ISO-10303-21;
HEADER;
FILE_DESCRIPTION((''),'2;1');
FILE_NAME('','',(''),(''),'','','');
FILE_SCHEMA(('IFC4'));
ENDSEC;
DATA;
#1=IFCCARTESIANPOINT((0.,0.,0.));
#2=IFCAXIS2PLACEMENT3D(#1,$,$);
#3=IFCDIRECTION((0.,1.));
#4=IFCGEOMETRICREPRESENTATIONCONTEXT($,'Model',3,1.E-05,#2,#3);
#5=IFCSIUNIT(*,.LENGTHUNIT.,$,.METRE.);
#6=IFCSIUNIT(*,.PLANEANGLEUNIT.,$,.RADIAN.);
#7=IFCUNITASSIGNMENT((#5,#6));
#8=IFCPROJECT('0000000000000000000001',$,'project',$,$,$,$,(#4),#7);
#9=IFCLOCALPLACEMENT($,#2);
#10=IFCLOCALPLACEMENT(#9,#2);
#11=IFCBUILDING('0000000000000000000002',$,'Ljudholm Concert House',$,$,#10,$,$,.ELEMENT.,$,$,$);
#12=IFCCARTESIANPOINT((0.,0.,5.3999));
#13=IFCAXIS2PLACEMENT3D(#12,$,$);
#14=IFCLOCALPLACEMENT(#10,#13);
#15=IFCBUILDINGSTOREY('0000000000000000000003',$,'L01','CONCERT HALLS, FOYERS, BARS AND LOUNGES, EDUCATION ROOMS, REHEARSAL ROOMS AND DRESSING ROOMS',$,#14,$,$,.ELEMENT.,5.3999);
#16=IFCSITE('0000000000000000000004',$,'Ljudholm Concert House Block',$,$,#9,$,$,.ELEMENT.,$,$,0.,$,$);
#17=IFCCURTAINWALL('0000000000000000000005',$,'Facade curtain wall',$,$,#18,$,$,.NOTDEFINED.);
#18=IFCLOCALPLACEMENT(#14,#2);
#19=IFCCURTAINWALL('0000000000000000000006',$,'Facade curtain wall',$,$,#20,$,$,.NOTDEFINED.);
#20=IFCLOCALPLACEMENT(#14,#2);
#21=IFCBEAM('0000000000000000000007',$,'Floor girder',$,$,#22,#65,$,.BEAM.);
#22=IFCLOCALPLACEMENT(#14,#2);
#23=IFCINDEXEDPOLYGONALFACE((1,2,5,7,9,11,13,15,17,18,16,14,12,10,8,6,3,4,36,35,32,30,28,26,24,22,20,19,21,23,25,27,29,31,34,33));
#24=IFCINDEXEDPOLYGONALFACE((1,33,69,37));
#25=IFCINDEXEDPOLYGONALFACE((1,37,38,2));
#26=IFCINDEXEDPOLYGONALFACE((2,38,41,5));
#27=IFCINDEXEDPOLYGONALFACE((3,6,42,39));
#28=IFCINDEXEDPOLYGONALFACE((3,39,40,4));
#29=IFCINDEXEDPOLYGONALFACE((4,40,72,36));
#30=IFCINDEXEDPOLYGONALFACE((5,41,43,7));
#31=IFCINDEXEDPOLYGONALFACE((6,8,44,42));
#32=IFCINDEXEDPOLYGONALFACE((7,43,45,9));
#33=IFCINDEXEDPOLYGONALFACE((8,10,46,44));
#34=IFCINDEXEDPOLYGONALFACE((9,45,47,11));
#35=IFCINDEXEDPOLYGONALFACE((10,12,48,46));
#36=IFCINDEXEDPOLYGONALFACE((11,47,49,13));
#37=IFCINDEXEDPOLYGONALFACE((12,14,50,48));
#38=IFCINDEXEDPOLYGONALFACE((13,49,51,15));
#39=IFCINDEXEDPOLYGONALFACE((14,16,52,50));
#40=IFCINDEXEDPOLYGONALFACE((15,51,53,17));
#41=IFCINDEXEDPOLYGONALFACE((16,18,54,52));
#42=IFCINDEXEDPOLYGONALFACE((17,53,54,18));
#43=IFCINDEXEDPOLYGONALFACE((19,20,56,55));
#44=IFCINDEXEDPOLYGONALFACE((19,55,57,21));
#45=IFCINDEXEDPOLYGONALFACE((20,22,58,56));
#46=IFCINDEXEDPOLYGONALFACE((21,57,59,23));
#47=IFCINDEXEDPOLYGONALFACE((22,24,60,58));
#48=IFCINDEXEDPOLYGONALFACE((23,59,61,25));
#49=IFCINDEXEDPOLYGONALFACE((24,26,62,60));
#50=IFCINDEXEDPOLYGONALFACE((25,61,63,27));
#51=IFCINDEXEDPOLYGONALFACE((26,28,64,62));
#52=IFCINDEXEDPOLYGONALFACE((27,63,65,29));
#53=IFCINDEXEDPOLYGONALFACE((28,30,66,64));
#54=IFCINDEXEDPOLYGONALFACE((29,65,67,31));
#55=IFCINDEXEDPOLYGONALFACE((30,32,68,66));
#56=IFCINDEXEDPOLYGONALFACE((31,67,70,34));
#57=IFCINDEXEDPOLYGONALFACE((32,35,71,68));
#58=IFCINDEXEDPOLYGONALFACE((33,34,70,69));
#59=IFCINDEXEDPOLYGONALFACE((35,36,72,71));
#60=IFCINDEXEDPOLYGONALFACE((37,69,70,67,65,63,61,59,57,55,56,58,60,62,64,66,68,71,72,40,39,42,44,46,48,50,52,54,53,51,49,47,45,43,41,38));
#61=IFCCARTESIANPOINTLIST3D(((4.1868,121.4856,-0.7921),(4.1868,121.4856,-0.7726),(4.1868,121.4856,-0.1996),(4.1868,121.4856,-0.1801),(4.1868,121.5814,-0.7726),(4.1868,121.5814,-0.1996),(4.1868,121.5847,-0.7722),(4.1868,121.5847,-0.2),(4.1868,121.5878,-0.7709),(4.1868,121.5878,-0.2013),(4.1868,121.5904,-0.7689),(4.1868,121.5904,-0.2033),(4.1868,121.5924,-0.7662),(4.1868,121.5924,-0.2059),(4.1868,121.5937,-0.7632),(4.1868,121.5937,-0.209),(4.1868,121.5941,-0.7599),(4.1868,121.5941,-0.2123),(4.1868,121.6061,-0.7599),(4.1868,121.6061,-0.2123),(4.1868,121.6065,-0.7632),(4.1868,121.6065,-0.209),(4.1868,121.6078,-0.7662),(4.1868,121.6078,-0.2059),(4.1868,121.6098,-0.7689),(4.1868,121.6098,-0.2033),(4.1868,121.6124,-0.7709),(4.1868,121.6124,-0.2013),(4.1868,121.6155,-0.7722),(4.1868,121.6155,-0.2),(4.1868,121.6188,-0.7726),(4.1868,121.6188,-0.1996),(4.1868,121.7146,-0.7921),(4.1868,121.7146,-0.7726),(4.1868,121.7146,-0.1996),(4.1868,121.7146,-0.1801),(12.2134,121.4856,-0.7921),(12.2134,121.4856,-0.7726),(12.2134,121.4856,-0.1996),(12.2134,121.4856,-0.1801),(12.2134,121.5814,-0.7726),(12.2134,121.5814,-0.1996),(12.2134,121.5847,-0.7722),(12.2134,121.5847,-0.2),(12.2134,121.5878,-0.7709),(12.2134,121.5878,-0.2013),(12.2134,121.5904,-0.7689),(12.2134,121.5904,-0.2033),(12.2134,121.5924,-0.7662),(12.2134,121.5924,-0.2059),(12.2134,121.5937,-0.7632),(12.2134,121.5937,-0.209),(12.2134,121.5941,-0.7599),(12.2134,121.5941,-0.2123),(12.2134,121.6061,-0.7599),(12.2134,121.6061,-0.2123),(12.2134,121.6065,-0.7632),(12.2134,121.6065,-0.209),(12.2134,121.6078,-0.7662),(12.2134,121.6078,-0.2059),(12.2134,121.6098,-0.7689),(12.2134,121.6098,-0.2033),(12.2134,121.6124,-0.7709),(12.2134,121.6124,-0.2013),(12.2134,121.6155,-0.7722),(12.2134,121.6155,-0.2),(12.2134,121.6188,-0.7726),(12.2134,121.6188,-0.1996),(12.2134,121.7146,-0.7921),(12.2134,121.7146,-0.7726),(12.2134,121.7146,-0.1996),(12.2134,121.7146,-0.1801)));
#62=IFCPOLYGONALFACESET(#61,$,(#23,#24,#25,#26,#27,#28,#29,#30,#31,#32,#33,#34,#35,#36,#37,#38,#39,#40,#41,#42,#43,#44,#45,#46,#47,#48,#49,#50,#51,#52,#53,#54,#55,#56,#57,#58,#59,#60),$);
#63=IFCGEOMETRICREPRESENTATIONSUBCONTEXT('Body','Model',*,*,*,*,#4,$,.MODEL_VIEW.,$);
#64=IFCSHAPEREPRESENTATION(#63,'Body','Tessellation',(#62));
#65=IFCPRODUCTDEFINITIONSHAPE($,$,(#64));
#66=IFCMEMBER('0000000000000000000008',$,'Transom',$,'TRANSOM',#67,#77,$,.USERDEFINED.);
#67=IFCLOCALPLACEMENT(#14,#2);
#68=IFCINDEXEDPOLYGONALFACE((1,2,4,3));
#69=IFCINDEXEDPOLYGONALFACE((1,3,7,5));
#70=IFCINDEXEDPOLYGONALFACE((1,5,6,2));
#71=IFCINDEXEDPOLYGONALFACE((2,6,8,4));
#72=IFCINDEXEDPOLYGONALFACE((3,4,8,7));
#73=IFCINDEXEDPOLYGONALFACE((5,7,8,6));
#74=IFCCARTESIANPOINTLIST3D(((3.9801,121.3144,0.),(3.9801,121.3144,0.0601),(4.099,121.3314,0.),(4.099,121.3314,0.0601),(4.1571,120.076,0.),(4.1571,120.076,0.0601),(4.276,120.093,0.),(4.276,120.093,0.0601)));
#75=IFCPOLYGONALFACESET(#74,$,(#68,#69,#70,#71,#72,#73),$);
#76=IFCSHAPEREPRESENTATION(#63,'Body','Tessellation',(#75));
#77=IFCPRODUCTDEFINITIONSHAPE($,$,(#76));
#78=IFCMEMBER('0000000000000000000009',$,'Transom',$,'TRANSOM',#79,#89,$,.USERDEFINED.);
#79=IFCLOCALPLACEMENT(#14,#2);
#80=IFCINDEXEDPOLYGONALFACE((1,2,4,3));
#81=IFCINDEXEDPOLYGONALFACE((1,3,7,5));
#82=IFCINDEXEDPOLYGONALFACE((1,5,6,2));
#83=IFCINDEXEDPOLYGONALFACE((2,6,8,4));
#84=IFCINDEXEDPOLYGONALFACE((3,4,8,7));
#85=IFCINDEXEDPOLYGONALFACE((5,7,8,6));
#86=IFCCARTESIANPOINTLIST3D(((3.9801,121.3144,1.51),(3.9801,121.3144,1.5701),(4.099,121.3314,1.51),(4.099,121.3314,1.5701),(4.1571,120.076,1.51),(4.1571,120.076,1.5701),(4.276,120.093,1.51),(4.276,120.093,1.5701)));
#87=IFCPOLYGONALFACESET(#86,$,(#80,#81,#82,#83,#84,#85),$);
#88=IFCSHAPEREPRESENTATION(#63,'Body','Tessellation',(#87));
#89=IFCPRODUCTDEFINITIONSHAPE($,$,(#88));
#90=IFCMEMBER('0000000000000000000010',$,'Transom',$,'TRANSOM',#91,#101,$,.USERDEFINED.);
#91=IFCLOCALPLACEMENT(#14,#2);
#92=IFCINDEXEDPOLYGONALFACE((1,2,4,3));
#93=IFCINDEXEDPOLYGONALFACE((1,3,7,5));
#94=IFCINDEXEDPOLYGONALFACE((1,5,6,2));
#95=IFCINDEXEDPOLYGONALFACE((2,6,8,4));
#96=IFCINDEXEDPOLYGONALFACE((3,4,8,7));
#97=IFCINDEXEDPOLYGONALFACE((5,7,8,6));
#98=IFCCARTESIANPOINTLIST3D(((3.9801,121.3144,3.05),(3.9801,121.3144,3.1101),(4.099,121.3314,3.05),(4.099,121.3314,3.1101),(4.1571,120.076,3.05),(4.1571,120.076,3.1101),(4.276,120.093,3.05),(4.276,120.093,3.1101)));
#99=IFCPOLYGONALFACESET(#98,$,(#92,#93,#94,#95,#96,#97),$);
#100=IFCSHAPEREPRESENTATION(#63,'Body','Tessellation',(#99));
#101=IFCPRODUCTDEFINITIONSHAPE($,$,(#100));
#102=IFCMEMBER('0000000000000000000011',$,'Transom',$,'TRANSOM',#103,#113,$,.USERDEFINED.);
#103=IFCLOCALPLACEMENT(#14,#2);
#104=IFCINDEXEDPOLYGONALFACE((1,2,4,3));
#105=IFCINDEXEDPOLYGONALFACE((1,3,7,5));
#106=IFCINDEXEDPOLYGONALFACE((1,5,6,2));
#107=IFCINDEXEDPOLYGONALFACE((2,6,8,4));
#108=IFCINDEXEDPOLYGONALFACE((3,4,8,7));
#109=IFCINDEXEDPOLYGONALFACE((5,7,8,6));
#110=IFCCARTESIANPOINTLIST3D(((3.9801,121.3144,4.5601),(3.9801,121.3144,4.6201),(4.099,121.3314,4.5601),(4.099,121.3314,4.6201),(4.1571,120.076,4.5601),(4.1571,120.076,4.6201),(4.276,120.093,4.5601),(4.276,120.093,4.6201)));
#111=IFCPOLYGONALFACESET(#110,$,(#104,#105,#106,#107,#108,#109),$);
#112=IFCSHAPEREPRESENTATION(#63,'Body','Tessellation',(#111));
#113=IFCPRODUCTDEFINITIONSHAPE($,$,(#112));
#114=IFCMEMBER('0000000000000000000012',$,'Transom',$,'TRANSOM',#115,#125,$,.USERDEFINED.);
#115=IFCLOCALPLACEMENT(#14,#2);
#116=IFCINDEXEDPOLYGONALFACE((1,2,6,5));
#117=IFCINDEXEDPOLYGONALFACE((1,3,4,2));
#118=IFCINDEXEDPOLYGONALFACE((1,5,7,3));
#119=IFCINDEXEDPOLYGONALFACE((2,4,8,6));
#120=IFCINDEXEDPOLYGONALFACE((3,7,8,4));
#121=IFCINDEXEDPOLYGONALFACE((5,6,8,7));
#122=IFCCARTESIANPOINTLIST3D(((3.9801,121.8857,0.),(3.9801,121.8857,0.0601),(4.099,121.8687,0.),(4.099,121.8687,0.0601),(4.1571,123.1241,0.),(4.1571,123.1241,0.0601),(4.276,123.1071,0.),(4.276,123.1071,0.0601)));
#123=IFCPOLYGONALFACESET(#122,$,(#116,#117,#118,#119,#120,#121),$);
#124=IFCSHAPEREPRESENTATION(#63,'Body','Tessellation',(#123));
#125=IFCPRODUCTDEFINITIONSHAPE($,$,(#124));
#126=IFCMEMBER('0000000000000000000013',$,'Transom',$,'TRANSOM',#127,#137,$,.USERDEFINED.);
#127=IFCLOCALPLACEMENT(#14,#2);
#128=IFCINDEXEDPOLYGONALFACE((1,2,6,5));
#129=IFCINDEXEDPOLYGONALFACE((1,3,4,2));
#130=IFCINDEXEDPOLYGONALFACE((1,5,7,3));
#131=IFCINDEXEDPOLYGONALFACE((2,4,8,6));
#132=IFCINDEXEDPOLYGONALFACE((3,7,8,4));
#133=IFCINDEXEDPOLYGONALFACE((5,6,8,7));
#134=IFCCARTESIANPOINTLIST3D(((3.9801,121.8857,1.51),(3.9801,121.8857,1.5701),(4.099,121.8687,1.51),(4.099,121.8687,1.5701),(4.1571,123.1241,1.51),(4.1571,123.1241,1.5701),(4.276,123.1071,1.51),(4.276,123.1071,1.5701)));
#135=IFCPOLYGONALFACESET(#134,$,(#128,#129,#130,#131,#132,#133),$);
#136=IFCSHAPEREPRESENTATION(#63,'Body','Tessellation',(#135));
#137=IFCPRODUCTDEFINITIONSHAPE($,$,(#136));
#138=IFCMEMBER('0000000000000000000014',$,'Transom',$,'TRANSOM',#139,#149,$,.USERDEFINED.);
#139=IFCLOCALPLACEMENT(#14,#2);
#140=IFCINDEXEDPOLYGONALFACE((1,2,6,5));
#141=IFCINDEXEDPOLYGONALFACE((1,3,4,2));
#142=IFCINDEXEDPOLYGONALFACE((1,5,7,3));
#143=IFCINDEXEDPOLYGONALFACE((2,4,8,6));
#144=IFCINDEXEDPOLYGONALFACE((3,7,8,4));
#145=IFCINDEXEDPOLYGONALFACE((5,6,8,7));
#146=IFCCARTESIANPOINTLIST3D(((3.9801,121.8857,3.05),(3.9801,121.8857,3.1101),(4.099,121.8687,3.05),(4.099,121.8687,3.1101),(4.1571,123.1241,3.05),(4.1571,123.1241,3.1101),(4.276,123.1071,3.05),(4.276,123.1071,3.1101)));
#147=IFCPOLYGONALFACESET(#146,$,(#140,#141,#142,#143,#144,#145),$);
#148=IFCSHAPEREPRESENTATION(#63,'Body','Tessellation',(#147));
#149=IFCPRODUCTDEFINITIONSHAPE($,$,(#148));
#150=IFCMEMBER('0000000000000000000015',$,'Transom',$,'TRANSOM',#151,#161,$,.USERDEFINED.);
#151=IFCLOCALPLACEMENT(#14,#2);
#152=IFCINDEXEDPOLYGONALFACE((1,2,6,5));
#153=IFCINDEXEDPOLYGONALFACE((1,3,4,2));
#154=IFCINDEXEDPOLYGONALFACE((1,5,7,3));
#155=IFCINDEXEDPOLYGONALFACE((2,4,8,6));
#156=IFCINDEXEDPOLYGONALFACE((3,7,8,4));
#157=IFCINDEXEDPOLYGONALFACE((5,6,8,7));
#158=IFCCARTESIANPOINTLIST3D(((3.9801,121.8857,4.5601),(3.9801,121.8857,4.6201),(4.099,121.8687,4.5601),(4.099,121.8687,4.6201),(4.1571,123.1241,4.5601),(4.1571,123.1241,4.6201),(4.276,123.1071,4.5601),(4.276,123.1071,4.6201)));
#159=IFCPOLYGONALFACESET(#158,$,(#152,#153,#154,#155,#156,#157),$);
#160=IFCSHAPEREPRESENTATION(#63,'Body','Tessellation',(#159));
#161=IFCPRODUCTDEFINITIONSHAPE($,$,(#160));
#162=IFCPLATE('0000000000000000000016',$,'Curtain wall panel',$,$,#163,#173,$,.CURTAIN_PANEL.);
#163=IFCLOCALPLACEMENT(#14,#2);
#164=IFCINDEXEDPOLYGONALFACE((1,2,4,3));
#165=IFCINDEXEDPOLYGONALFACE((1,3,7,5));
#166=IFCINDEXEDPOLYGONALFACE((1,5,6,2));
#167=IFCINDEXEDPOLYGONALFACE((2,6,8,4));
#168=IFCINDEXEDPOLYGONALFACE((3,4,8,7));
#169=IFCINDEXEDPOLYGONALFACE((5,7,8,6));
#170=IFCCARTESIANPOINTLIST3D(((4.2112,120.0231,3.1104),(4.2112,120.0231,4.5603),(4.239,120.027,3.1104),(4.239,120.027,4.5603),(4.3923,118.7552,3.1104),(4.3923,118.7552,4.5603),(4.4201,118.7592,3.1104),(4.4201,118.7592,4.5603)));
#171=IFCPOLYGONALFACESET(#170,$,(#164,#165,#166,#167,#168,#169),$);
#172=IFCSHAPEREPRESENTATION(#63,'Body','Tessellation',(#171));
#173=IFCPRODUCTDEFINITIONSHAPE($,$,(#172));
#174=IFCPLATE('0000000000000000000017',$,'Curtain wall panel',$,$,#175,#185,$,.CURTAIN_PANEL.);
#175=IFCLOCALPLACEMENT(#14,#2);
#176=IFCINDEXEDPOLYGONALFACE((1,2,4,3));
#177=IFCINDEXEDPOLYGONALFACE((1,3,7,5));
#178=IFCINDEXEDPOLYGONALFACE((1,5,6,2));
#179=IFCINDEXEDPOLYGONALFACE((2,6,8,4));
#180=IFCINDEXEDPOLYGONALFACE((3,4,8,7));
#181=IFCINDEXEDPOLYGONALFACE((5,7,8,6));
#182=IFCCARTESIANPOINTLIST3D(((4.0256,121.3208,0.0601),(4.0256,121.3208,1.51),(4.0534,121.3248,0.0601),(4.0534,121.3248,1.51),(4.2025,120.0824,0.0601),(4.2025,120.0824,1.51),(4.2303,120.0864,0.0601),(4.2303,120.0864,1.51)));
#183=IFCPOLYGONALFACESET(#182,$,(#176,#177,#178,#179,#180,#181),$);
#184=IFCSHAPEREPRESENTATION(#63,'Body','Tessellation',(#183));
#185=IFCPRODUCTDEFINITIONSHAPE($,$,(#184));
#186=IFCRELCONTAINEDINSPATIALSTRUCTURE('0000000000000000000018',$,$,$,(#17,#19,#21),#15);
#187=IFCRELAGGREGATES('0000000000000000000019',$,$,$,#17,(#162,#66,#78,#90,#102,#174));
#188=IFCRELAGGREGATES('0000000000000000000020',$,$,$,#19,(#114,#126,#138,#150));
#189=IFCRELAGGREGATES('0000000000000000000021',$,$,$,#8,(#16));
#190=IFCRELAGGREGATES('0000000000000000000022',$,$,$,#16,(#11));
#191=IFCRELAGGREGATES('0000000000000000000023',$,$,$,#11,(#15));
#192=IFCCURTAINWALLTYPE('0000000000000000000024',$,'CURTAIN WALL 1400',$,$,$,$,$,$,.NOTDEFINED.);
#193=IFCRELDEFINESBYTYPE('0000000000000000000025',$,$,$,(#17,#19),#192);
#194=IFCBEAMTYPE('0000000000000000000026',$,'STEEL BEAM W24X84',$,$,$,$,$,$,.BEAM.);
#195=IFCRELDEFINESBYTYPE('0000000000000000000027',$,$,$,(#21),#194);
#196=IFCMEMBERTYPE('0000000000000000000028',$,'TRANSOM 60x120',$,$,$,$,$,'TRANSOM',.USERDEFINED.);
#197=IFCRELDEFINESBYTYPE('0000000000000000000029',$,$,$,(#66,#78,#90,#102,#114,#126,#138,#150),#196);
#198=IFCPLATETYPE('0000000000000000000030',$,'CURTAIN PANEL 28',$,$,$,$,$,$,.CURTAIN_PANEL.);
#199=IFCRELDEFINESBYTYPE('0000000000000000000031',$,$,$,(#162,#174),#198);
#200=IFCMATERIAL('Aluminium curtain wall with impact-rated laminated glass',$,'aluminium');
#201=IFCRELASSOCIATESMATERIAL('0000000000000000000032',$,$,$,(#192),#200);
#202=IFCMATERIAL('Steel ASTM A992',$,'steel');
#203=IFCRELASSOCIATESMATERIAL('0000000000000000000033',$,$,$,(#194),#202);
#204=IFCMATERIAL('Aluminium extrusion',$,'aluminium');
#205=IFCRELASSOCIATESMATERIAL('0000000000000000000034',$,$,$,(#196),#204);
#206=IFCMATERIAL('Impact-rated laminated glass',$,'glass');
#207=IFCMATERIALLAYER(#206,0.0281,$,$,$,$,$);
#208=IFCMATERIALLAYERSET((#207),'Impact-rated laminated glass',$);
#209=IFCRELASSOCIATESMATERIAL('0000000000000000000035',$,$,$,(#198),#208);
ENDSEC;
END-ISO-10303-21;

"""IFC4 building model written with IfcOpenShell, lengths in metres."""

from ifc_helpers import new_model, si_unit, direction, frame, origin, origin_2d, place, context, subcontext, project, spatial, rectangle, i_section, extrude, material, layer, layer_set, material_profile, profile_set, type_object, element, aggregate, save


model = new_model("IFC4")

# Units and contexts
model_context = context("Model", 3, precision=1e-05, world=origin(), true_north=direction((0.0, 1.0)))
body_context = subcontext(model_context, "Body", "Model", "MODEL_VIEW")
ifc_project = project(units=[si_unit("LENGTHUNIT", "METRE"), si_unit("PLANEANGLEUNIT", "RADIAN")], contexts=[model_context])

# Site, building, storey
site_placement = place(None, origin())
site = spatial("IfcSite", under=ifc_project, at=site_placement, Name="Ljudholm Concert House Block", CompositionType="ELEMENT", RefElevation=0.0)
building_placement = place(site_placement, origin())
building = spatial("IfcBuilding", under=site, at=building_placement, Name="Ljudholm Concert House", CompositionType="ELEMENT")
storey_placement = place(building_placement, frame((0.0, 0.0, 5.3999)))
storey = spatial("IfcBuildingStorey", under=building, at=storey_placement, Name="L01", Description="CONCERT HALLS, FOYERS, BARS AND LOUNGES, EDUCATION ROOMS, REHEARSAL ROOMS AND DRESSING ROOMS", CompositionType="ELEMENT", Elevation=5.3999)

# Curtain walls
ifc_material_1 = material(Name="Aluminium curtain wall with impact-rated laminated glass", Category="aluminium")
curtain_wall_type = type_object("IfcCurtainWallType", Name="CURTAIN WALL 1400", PredefinedType="NOTDEFINED", material=ifc_material_1)
curtain_wall_1_placement = place(storey_placement, origin())
curtain_wall_1 = element("IfcCurtainWall", 1, at=curtain_wall_1_placement, inside=storey, type_object=curtain_wall_type, Name="Facade curtain wall", PredefinedType="NOTDEFINED")
curtain_wall_2_placement = place(storey_placement, origin())
curtain_wall_2 = element("IfcCurtainWall", 2, at=curtain_wall_2_placement, inside=storey, type_object=curtain_wall_type, Name="Facade curtain wall", PredefinedType="NOTDEFINED")

# Beam
ifc_material_2 = material(Name="Steel ASTM A992", Category="steel")
ifc_material_profile_1 = material_profile(ifc_material_2, i_section(OverallWidth=0.229, OverallDepth=0.6121, WebThickness=0.012, FlangeThickness=0.0195, FilletRadius=0.0127, at=origin_2d()), Name="W24X84")
ifc_profile_set_1 = profile_set([ifc_material_profile_1], Name="Steel ASTM A992")
beam_type_1 = type_object("IfcBeamType", Name="STEEL BEAM W24X84", PredefinedType="BEAM", material=ifc_profile_set_1)
beam_1_placement = place(storey_placement, frame((4.1868, 121.6001, -0.4861), z_axis=(1.0, 0.0, 0.0), x_axis=(0.0, 1.0, 0.0)))
element("IfcBeam", 3, at=beam_1_placement, inside=storey, type_object=beam_type_1, Name="Floor girder", PredefinedType="BEAM", context=body_context, shape_type="SweptSolid", body=[
    extrude(i_section(OverallWidth=0.229, OverallDepth=0.6121, WebThickness=0.012, FlangeThickness=0.0195, FilletRadius=0.0127, at=origin_2d()), origin(), (0.0, 0.0, 1.0), 8.0266),
])

# Members
ifc_material_3 = material(Name="Aluminium extrusion", Category="aluminium")
ifc_material_profile_2 = material_profile(ifc_material_3, rectangle(XDim=0.1201, YDim=0.0601, at=origin_2d()), Name="TRANSOM 60x120")
ifc_profile_set_2 = profile_set([ifc_material_profile_2], Name="Aluminium extrusion")
member_type_1 = type_object("IfcMemberType", Name="TRANSOM 60x120", ElementType="TRANSOM", PredefinedType="USERDEFINED", material=ifc_profile_set_2)
member_1_placement = place(storey_placement, frame((4.2166, 120.0845, 0.03), z_axis=(-0.141503, 0.989938, 0.0), x_axis=(-0.989938, -0.141503, 0.0)))
member_1 = element("IfcMember", 4, at=member_1_placement, type_object=member_type_1, Name="Transom", ObjectType="TRANSOM", PredefinedType="USERDEFINED", context=body_context, shape_type="SweptSolid", body=[
    extrude(rectangle(XDim=0.1201, YDim=0.0601, at=origin_2d()), origin(), (0.0, 0.0, 1.0), 1.251),
])
member_2_placement = place(storey_placement, frame((4.2166, 120.0845, 1.54), z_axis=(-0.141503, 0.989938, 0.0), x_axis=(-0.989938, -0.141503, 0.0)))
member_2 = element("IfcMember", 5, at=member_2_placement, type_object=member_type_1, Name="Transom", ObjectType="TRANSOM", PredefinedType="USERDEFINED", context=body_context, shape_type="SweptSolid", body=[
    extrude(rectangle(XDim=0.1201, YDim=0.0601, at=origin_2d()), origin(), (0.0, 0.0, 1.0), 1.251),
])
member_3_placement = place(storey_placement, frame((4.2166, 120.0845, 3.0801), z_axis=(-0.141503, 0.989938, 0.0), x_axis=(-0.989938, -0.141503, 0.0)))
member_3 = element("IfcMember", 6, at=member_3_placement, type_object=member_type_1, Name="Transom", ObjectType="TRANSOM", PredefinedType="USERDEFINED", context=body_context, shape_type="SweptSolid", body=[
    extrude(rectangle(XDim=0.1201, YDim=0.0601, at=origin_2d()), origin(), (0.0, 0.0, 1.0), 1.251),
])
member_4_placement = place(storey_placement, frame((4.2166, 120.0845, 4.5901), z_axis=(-0.141503, 0.989938, 0.0), x_axis=(-0.989938, -0.141503, 0.0)))
member_4 = element("IfcMember", 7, at=member_4_placement, type_object=member_type_1, Name="Transom", ObjectType="TRANSOM", PredefinedType="USERDEFINED", context=body_context, shape_type="SweptSolid", body=[
    extrude(rectangle(XDim=0.1201, YDim=0.0601, at=origin_2d()), origin(), (0.0, 0.0, 1.0), 1.251),
])
member_5_placement = place(storey_placement, frame((4.0396, 121.8772, 0.03), z_axis=(0.141503, 0.989938, 0.0), x_axis=(-0.989938, 0.141503, 0.0)))
member_5 = element("IfcMember", 8, at=member_5_placement, type_object=member_type_1, Name="Transom", ObjectType="TRANSOM", PredefinedType="USERDEFINED", context=body_context, shape_type="SweptSolid", body=[
    extrude(rectangle(XDim=0.1201, YDim=0.0601, at=origin_2d()), origin(), (0.0, 0.0, 1.0), 1.251),
])
member_6_placement = place(storey_placement, frame((4.0396, 121.8772, 1.54), z_axis=(0.141503, 0.989938, 0.0), x_axis=(-0.989938, 0.141503, 0.0)))
member_6 = element("IfcMember", 9, at=member_6_placement, type_object=member_type_1, Name="Transom", ObjectType="TRANSOM", PredefinedType="USERDEFINED", context=body_context, shape_type="SweptSolid", body=[
    extrude(rectangle(XDim=0.1201, YDim=0.0601, at=origin_2d()), origin(), (0.0, 0.0, 1.0), 1.251),
])
member_7_placement = place(storey_placement, frame((4.0396, 121.8772, 3.0801), z_axis=(0.141503, 0.989938, 0.0), x_axis=(-0.989938, 0.141503, 0.0)))
member_7 = element("IfcMember", 10, at=member_7_placement, type_object=member_type_1, Name="Transom", ObjectType="TRANSOM", PredefinedType="USERDEFINED", context=body_context, shape_type="SweptSolid", body=[
    extrude(rectangle(XDim=0.1201, YDim=0.0601, at=origin_2d()), origin(), (0.0, 0.0, 1.0), 1.251),
])
member_8_placement = place(storey_placement, frame((4.0396, 121.8772, 4.5901), z_axis=(0.141503, 0.989938, 0.0), x_axis=(-0.989938, 0.141503, 0.0)))
member_8 = element("IfcMember", 11, at=member_8_placement, type_object=member_type_1, Name="Transom", ObjectType="TRANSOM", PredefinedType="USERDEFINED", context=body_context, shape_type="SweptSolid", body=[
    extrude(rectangle(XDim=0.1201, YDim=0.0601, at=origin_2d()), origin(), (0.0, 0.0, 1.0), 1.251),
])

# Plates
ifc_material_4 = material(Name="Impact-rated laminated glass", Category="glass")
ifc_layer = layer(ifc_material_4, 0.0281)
ifc_layer_set = layer_set([ifc_layer], Name="Impact-rated laminated glass")
plate_type = type_object("IfcPlateType", Name="CURTAIN PANEL 28", PredefinedType="CURTAIN_PANEL", material=ifc_layer_set)
plate_1_placement = place(storey_placement, frame((4.3157, 119.3911, 3.1104), z_axis=(0.0, 0.0, 1.0), x_axis=(-0.141421, 0.989949, 0.0)))
plate_1 = element("IfcPlate", 12, at=plate_1_placement, type_object=plate_type, Name="Curtain wall panel", PredefinedType="CURTAIN_PANEL", context=body_context, shape_type="SweptSolid", body=[
    extrude(rectangle(XDim=1.2808, YDim=0.0281, at=origin_2d()), origin(), (0.0, 0.0, 1.0), 1.45),
])
plate_2_placement = place(storey_placement, frame((4.1279, 120.7036, 0.0601), z_axis=(0.0, 0.0, 1.0), x_axis=(-0.141421, 0.989949, 0.0)))
plate_2 = element("IfcPlate", 13, at=plate_2_placement, type_object=plate_type, Name="Curtain wall panel", PredefinedType="CURTAIN_PANEL", context=body_context, shape_type="SweptSolid", body=[
    extrude(rectangle(XDim=1.251, YDim=0.0281, at=origin_2d()), origin(), (0.0, 0.0, 1.0), 1.45),
])
aggregate(curtain_wall_1, [plate_1, member_1, member_2, member_3, member_4, plate_2])
aggregate(curtain_wall_2, [member_5, member_6, member_7, member_8])

save(model, "model.ifc")
